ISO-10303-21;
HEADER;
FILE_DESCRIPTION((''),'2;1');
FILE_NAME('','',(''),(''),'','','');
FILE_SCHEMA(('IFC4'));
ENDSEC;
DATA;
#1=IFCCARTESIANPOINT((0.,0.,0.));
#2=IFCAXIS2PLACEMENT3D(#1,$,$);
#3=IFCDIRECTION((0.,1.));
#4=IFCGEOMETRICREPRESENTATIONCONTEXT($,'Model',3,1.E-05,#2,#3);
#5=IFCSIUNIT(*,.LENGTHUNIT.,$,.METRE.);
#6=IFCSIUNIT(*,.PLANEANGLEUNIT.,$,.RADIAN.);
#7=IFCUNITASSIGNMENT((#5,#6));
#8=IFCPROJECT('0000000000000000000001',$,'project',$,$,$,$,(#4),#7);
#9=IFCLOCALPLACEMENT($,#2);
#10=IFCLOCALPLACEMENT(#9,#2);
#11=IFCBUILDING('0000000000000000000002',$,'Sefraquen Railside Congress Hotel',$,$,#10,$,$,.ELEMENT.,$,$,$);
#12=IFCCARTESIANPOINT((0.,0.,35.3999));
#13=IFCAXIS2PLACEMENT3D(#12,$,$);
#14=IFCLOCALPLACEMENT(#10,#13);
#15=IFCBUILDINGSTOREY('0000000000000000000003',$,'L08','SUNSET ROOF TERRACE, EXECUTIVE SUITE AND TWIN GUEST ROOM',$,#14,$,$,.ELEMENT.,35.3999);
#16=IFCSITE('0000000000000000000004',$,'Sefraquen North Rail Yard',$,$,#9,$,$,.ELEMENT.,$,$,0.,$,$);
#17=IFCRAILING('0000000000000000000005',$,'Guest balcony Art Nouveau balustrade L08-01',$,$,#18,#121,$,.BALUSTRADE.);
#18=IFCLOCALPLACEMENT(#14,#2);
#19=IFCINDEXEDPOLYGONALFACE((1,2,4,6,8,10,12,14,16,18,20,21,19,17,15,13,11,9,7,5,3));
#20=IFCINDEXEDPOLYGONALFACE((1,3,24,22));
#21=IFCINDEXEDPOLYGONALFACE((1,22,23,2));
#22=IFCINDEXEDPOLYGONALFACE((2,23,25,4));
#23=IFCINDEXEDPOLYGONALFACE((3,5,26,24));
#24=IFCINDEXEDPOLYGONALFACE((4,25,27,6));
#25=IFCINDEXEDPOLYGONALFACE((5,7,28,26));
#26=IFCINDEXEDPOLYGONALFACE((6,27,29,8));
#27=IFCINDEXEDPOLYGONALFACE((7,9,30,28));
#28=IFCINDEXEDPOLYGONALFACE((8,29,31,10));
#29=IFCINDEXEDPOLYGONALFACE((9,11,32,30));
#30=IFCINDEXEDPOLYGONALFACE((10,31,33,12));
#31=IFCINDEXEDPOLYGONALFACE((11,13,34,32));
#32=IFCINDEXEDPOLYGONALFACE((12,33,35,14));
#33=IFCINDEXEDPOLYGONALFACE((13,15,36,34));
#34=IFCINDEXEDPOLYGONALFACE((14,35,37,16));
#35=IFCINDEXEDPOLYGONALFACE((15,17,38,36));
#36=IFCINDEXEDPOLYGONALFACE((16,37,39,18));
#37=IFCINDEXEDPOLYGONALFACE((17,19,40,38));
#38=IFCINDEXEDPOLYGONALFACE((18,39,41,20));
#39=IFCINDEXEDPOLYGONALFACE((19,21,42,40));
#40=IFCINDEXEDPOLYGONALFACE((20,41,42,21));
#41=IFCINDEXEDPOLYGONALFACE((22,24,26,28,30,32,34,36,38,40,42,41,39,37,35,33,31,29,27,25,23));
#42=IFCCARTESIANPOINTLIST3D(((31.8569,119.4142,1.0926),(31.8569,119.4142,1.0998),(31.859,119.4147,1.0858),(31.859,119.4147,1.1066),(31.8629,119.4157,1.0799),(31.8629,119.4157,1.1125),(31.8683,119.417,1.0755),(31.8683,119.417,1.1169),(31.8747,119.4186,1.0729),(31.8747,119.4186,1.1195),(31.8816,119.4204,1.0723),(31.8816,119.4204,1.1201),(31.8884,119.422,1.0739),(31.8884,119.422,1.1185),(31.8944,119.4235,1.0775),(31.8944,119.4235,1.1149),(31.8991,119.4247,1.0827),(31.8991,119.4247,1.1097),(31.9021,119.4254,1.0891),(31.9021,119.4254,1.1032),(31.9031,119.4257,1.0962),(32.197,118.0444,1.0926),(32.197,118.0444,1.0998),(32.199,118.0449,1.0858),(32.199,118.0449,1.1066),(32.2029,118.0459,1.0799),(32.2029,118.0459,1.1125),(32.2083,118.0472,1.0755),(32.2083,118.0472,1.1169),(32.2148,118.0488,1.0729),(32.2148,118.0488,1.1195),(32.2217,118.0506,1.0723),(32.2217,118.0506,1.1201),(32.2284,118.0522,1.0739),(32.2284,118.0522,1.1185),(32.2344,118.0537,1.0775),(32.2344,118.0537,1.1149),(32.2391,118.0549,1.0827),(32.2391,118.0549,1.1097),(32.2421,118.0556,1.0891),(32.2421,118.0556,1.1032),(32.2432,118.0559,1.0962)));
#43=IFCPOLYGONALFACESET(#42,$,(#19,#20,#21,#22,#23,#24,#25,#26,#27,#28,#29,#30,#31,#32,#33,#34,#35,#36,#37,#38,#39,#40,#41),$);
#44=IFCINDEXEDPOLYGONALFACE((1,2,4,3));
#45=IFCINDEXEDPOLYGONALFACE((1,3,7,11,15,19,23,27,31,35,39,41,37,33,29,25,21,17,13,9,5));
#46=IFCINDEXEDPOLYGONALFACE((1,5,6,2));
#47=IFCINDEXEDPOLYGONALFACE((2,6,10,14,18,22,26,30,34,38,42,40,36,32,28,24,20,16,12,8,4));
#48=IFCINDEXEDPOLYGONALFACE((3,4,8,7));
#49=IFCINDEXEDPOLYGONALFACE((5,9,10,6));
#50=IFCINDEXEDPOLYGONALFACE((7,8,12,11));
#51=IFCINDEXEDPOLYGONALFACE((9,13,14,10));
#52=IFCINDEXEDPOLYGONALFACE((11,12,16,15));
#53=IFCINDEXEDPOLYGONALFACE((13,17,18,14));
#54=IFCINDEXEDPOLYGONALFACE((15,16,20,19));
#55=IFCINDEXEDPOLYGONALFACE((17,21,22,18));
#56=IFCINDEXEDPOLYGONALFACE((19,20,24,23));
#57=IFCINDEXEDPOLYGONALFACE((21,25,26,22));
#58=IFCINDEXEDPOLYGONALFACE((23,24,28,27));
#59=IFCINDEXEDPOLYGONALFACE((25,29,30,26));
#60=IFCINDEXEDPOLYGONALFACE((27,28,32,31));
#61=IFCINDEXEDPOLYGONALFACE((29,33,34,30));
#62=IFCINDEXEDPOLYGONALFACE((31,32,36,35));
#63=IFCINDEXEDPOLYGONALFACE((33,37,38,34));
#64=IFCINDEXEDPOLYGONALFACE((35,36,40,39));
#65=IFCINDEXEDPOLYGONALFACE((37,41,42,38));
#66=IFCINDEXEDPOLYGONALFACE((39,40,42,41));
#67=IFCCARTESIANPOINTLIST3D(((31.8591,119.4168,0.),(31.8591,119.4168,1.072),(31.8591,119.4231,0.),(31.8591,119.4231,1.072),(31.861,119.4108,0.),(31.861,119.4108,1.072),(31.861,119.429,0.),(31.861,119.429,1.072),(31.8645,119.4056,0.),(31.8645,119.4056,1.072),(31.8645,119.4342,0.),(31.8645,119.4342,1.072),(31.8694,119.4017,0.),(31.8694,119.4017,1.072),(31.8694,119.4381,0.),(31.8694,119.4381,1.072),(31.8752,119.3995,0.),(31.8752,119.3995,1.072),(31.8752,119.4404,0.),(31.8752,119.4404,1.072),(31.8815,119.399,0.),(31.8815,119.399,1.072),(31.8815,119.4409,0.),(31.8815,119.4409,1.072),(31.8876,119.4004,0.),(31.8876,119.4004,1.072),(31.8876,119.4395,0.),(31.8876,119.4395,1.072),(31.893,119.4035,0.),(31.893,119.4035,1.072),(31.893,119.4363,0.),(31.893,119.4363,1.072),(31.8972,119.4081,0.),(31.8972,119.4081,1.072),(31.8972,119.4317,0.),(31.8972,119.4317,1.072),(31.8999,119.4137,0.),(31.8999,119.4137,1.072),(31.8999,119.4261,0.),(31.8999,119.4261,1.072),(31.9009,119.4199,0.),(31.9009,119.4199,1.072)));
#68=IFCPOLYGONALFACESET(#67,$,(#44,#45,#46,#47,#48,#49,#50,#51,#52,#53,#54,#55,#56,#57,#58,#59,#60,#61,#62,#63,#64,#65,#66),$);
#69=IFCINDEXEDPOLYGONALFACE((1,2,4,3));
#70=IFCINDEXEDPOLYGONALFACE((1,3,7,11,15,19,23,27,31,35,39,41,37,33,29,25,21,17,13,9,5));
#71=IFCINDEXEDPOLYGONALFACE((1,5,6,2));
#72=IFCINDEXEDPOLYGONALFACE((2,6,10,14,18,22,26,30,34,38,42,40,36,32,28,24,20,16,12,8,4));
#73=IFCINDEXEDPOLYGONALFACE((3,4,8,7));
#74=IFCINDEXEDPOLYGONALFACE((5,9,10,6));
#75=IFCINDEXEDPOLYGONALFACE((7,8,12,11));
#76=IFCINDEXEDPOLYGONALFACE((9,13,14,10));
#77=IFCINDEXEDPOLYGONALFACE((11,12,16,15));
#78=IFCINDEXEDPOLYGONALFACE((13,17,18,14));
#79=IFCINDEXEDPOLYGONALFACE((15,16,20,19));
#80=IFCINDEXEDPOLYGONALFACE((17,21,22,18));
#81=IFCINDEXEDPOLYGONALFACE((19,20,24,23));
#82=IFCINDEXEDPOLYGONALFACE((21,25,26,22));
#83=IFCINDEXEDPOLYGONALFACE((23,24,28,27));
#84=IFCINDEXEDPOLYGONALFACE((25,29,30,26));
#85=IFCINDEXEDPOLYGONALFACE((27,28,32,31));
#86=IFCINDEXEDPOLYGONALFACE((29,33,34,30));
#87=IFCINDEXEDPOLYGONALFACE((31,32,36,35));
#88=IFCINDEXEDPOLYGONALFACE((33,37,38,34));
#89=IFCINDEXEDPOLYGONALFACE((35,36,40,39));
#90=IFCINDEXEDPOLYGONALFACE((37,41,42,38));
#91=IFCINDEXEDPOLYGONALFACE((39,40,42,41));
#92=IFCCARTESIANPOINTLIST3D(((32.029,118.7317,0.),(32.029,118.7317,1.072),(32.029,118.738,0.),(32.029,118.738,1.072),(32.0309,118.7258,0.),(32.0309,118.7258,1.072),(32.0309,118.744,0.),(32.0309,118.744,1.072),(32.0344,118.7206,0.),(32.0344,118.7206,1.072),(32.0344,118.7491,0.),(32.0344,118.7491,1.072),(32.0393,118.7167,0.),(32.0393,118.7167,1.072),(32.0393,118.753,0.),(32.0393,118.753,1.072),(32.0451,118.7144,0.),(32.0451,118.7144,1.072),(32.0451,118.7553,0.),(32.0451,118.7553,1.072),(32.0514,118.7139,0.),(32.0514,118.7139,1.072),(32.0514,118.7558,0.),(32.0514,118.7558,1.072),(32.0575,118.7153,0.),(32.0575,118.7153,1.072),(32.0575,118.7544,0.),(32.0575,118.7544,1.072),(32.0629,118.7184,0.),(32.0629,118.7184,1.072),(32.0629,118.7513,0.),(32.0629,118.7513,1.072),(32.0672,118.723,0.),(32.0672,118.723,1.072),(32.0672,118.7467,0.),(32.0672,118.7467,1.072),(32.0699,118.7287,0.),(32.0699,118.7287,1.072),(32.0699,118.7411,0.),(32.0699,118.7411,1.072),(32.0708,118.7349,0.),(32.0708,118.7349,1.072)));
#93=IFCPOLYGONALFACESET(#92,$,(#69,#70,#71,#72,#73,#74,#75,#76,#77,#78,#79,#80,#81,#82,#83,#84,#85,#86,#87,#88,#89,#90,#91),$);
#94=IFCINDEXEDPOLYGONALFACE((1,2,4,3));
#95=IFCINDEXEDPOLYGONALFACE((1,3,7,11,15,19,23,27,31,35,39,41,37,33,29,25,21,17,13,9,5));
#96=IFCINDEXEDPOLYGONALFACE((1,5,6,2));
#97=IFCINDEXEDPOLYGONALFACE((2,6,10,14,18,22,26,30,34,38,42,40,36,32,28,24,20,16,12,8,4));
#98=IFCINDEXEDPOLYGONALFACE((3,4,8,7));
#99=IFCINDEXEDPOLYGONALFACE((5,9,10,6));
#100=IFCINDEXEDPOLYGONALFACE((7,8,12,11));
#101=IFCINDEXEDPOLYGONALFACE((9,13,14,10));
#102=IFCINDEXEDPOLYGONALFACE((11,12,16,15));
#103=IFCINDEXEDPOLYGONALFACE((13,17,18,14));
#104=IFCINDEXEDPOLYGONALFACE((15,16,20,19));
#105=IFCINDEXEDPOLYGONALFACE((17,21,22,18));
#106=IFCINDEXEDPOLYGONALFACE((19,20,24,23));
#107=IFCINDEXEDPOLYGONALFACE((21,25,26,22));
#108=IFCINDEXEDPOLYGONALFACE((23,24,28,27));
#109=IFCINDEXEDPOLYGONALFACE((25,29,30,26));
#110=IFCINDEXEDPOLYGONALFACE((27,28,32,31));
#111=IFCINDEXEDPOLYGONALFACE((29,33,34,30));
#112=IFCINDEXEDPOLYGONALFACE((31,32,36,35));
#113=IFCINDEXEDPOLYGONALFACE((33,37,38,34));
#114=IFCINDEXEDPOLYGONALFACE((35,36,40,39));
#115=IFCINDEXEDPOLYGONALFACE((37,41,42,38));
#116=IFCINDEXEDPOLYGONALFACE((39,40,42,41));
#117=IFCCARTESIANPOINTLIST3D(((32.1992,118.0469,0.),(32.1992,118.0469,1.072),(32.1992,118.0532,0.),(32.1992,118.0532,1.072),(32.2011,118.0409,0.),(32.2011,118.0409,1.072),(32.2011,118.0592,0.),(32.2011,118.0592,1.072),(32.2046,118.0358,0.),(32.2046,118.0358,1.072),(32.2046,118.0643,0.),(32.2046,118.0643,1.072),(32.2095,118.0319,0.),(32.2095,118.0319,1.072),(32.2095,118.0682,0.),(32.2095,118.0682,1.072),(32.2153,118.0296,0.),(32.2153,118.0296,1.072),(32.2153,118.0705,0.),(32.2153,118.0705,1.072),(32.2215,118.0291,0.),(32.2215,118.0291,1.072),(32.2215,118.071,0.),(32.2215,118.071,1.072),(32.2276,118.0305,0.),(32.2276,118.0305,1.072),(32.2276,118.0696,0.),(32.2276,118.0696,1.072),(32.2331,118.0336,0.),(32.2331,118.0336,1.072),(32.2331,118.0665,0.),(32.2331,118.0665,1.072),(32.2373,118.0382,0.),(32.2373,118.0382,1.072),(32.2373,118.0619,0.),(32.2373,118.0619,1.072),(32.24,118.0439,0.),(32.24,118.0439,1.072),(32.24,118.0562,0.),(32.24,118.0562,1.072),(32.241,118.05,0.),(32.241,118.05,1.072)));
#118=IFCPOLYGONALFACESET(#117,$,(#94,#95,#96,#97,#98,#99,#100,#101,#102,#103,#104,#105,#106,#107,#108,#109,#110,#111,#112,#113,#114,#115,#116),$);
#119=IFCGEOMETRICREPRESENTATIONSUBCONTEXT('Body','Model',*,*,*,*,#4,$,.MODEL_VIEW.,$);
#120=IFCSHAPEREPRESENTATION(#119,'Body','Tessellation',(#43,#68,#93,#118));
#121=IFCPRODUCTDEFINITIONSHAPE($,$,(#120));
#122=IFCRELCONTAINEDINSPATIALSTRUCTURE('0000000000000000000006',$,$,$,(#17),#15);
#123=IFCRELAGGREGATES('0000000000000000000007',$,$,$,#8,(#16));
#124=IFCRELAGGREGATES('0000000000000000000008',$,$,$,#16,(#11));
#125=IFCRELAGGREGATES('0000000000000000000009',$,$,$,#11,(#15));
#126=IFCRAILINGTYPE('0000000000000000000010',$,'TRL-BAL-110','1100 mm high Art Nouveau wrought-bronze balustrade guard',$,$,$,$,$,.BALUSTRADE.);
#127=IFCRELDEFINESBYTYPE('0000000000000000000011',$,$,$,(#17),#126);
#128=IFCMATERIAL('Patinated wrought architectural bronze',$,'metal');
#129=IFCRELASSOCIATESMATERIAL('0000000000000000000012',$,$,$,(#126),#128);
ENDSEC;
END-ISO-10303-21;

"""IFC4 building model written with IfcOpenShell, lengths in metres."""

from ifc_helpers import new_model, si_unit, direction, frame, origin, origin_2d, place, context, subcontext, project, spatial, circle, extrude, material, type_object, element, save


model = new_model("IFC4")

# Units and contexts
model_context = context("Model", 3, precision=1e-05, world=origin(), true_north=direction((0.0, 1.0)))
body_context = subcontext(model_context, "Body", "Model", "MODEL_VIEW")
ifc_project = project(units=[si_unit("LENGTHUNIT", "METRE"), si_unit("PLANEANGLEUNIT", "RADIAN")], contexts=[model_context])

# Site, building, storey
site_placement = place(None, origin())
site = spatial("IfcSite", under=ifc_project, at=site_placement, Name="Sefraquen North Rail Yard", CompositionType="ELEMENT", RefElevation=0.0)
building_placement = place(site_placement, origin())
building = spatial("IfcBuilding", under=site, at=building_placement, Name="Sefraquen Railside Congress Hotel", CompositionType="ELEMENT")
storey_placement = place(building_placement, frame((0.0, 0.0, 35.3999)))
storey = spatial("IfcBuildingStorey", under=building, at=storey_placement, Name="L08", Description="SUNSET ROOF TERRACE, EXECUTIVE SUITE AND TWIN GUEST ROOM", CompositionType="ELEMENT", Elevation=35.3999)

# Railing
ifc_material_1 = material(Name="Patinated wrought architectural bronze", Category="metal")
railing_type = type_object("IfcRailingType", Name="TRL-BAL-110", Description="1100 mm high Art Nouveau wrought-bronze balustrade guard", PredefinedType="BALUSTRADE", material=ifc_material_1)
railing_1_placement = place(storey_placement, frame((31.8799, 119.4199, 0.0)))
element("IfcRailing", 1, at=railing_1_placement, inside=storey, type_object=railing_type, Name="Guest balcony Art Nouveau balustrade L08-01", PredefinedType="BALUSTRADE", context=body_context, shape_type="SweptSolid", body=[
    extrude(circle(Radius=0.0239, at=origin_2d()), frame((0.0, 0.0, 1.0962), z_axis=(0.240948, -0.970538, 0.0), x_axis=(0.970538, 0.240948, 0.0)), (0.0, 0.0, 1.0), 1.4114),
    extrude(circle(Radius=0.021, at=origin_2d()), origin(), (0.0, 0.0, 1.0), 1.072),
    extrude(circle(Radius=0.021, at=origin_2d()), frame((0.1699, -0.6851, 0.0)), (0.0, 0.0, 1.0), 1.072),
    extrude(circle(Radius=0.021, at=origin_2d()), frame((0.3401, -1.3699, 0.0)), (0.0, 0.0, 1.0), 1.072),
])

save(model, "model.ifc")
